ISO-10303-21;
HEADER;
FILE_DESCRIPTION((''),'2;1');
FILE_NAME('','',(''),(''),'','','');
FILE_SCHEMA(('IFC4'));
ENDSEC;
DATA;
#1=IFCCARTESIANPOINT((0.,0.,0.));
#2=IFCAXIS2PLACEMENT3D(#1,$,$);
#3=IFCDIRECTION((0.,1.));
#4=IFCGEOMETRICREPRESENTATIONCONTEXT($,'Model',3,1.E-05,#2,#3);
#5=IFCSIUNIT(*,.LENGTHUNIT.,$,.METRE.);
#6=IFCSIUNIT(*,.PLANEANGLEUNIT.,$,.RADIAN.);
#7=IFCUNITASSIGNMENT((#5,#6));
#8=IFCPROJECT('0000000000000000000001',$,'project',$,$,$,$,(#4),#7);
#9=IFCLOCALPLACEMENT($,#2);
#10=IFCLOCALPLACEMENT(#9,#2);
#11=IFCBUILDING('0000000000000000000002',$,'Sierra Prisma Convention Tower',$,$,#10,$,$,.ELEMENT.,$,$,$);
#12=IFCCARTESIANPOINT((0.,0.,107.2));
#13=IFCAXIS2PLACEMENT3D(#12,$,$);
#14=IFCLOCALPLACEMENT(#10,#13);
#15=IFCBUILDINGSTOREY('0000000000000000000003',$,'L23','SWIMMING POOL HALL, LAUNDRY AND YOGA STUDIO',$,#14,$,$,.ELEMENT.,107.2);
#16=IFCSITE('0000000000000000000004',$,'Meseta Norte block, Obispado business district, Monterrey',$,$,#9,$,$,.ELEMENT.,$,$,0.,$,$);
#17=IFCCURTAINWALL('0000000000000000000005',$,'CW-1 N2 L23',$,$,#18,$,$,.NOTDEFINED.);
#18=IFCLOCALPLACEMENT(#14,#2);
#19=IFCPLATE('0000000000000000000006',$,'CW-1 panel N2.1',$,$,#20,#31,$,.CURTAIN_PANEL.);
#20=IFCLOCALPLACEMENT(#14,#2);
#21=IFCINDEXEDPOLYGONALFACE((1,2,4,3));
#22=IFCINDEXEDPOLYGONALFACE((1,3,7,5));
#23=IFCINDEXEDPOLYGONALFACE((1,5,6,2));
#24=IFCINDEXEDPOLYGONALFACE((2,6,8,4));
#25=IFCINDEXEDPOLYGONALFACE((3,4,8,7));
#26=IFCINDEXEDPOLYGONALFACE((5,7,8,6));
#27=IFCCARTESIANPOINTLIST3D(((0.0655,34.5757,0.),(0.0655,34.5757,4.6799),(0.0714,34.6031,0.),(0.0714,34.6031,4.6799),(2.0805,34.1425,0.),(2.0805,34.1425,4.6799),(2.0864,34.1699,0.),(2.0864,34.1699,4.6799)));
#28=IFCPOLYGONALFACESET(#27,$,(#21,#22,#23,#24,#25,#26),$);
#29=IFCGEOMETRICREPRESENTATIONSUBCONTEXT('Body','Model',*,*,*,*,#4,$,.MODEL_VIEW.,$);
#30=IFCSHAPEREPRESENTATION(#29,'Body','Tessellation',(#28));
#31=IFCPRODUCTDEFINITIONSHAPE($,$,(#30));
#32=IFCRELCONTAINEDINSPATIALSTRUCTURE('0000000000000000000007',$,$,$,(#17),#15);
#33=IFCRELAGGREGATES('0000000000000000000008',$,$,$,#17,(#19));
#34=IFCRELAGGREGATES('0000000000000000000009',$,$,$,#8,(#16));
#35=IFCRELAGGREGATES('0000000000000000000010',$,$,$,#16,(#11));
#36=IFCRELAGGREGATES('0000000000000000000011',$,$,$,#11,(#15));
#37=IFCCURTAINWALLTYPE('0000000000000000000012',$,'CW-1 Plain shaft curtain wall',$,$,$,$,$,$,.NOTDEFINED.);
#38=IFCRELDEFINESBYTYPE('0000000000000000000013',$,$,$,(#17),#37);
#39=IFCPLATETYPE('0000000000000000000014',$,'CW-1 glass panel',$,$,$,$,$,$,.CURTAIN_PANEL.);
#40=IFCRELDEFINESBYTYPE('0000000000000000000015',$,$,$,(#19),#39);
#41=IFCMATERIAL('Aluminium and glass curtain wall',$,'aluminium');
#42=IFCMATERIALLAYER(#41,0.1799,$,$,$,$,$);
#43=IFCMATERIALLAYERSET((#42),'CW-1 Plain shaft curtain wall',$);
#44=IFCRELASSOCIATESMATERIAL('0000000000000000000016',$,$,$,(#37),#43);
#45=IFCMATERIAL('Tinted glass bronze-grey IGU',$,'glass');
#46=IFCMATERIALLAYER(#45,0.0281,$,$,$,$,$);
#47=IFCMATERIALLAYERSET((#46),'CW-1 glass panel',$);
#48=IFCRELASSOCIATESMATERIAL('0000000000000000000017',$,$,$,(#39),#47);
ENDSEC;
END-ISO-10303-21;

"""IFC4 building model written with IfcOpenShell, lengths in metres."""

from ifc_helpers import new_model, si_unit, direction, frame, origin, origin_2d, place, context, subcontext, project, spatial, rectangle, extrude, material, layer, layer_set, type_object, element, aggregate, save


model = new_model("IFC4")

# Units and contexts
model_context = context("Model", 3, precision=1e-05, world=origin(), true_north=direction((0.0, 1.0)))
body_context = subcontext(model_context, "Body", "Model", "MODEL_VIEW")
ifc_project = project(units=[si_unit("LENGTHUNIT", "METRE"), si_unit("PLANEANGLEUNIT", "RADIAN")], contexts=[model_context])

# Site, building, storey
site_placement = place(None, origin())
site = spatial("IfcSite", under=ifc_project, at=site_placement, Name="Meseta Norte block, Obispado business district, Monterrey", CompositionType="ELEMENT", RefElevation=0.0)
building_placement = place(site_placement, origin())
building = spatial("IfcBuilding", under=site, at=building_placement, Name="Sierra Prisma Convention Tower", CompositionType="ELEMENT")
storey_placement = place(building_placement, frame((0.0, 0.0, 107.2)))
storey = spatial("IfcBuildingStorey", under=building, at=storey_placement, Name="L23", Description="SWIMMING POOL HALL, LAUNDRY AND YOGA STUDIO", CompositionType="ELEMENT", Elevation=107.2)

# Shared definitions
ifc_material_1 = material(Name="Aluminium and glass curtain wall", Category="aluminium")
ifc_layer_1 = layer(ifc_material_1, 0.1799)
ifc_layer_set_1 = layer_set([ifc_layer_1], Name="CW-1 Plain shaft curtain wall")
curtain_wall_type = type_object("IfcCurtainWallType", Name="CW-1 Plain shaft curtain wall", PredefinedType="NOTDEFINED", material=ifc_layer_set_1)

# Curtain wall
curtain_wall_1_placement = place(storey_placement, origin())
curtain_wall_1 = element("IfcCurtainWall", 1, at=curtain_wall_1_placement, inside=storey, type_object=curtain_wall_type, Name="CW-1 N2 L23", PredefinedType="NOTDEFINED")

# Plate
ifc_material_2 = material(Name="Tinted glass bronze-grey IGU", Category="glass")
ifc_layer_2 = layer(ifc_material_2, 0.0281)
ifc_layer_set_2 = layer_set([ifc_layer_2], Name="CW-1 glass panel")
plate_type = type_object("IfcPlateType", Name="CW-1 glass panel", PredefinedType="CURTAIN_PANEL", material=ifc_layer_set_2)
plate_1_placement = place(storey_placement, frame((1.0759, 34.3728, 0.0), z_axis=(0.0, 0.0, 1.0), x_axis=(-0.977659, 0.210199, 0.0)))
plate_1 = element("IfcPlate", 2, at=plate_1_placement, type_object=plate_type, Name="CW-1 panel N2.1", PredefinedType="CURTAIN_PANEL", context=body_context, shape_type="SweptSolid", body=[
    extrude(rectangle(XDim=2.061, YDim=0.0281, at=origin_2d()), origin(), (0.0, 0.0, 1.0), 4.6799),
])
aggregate(curtain_wall_1, [plate_1])

save(model, "model.ifc")
